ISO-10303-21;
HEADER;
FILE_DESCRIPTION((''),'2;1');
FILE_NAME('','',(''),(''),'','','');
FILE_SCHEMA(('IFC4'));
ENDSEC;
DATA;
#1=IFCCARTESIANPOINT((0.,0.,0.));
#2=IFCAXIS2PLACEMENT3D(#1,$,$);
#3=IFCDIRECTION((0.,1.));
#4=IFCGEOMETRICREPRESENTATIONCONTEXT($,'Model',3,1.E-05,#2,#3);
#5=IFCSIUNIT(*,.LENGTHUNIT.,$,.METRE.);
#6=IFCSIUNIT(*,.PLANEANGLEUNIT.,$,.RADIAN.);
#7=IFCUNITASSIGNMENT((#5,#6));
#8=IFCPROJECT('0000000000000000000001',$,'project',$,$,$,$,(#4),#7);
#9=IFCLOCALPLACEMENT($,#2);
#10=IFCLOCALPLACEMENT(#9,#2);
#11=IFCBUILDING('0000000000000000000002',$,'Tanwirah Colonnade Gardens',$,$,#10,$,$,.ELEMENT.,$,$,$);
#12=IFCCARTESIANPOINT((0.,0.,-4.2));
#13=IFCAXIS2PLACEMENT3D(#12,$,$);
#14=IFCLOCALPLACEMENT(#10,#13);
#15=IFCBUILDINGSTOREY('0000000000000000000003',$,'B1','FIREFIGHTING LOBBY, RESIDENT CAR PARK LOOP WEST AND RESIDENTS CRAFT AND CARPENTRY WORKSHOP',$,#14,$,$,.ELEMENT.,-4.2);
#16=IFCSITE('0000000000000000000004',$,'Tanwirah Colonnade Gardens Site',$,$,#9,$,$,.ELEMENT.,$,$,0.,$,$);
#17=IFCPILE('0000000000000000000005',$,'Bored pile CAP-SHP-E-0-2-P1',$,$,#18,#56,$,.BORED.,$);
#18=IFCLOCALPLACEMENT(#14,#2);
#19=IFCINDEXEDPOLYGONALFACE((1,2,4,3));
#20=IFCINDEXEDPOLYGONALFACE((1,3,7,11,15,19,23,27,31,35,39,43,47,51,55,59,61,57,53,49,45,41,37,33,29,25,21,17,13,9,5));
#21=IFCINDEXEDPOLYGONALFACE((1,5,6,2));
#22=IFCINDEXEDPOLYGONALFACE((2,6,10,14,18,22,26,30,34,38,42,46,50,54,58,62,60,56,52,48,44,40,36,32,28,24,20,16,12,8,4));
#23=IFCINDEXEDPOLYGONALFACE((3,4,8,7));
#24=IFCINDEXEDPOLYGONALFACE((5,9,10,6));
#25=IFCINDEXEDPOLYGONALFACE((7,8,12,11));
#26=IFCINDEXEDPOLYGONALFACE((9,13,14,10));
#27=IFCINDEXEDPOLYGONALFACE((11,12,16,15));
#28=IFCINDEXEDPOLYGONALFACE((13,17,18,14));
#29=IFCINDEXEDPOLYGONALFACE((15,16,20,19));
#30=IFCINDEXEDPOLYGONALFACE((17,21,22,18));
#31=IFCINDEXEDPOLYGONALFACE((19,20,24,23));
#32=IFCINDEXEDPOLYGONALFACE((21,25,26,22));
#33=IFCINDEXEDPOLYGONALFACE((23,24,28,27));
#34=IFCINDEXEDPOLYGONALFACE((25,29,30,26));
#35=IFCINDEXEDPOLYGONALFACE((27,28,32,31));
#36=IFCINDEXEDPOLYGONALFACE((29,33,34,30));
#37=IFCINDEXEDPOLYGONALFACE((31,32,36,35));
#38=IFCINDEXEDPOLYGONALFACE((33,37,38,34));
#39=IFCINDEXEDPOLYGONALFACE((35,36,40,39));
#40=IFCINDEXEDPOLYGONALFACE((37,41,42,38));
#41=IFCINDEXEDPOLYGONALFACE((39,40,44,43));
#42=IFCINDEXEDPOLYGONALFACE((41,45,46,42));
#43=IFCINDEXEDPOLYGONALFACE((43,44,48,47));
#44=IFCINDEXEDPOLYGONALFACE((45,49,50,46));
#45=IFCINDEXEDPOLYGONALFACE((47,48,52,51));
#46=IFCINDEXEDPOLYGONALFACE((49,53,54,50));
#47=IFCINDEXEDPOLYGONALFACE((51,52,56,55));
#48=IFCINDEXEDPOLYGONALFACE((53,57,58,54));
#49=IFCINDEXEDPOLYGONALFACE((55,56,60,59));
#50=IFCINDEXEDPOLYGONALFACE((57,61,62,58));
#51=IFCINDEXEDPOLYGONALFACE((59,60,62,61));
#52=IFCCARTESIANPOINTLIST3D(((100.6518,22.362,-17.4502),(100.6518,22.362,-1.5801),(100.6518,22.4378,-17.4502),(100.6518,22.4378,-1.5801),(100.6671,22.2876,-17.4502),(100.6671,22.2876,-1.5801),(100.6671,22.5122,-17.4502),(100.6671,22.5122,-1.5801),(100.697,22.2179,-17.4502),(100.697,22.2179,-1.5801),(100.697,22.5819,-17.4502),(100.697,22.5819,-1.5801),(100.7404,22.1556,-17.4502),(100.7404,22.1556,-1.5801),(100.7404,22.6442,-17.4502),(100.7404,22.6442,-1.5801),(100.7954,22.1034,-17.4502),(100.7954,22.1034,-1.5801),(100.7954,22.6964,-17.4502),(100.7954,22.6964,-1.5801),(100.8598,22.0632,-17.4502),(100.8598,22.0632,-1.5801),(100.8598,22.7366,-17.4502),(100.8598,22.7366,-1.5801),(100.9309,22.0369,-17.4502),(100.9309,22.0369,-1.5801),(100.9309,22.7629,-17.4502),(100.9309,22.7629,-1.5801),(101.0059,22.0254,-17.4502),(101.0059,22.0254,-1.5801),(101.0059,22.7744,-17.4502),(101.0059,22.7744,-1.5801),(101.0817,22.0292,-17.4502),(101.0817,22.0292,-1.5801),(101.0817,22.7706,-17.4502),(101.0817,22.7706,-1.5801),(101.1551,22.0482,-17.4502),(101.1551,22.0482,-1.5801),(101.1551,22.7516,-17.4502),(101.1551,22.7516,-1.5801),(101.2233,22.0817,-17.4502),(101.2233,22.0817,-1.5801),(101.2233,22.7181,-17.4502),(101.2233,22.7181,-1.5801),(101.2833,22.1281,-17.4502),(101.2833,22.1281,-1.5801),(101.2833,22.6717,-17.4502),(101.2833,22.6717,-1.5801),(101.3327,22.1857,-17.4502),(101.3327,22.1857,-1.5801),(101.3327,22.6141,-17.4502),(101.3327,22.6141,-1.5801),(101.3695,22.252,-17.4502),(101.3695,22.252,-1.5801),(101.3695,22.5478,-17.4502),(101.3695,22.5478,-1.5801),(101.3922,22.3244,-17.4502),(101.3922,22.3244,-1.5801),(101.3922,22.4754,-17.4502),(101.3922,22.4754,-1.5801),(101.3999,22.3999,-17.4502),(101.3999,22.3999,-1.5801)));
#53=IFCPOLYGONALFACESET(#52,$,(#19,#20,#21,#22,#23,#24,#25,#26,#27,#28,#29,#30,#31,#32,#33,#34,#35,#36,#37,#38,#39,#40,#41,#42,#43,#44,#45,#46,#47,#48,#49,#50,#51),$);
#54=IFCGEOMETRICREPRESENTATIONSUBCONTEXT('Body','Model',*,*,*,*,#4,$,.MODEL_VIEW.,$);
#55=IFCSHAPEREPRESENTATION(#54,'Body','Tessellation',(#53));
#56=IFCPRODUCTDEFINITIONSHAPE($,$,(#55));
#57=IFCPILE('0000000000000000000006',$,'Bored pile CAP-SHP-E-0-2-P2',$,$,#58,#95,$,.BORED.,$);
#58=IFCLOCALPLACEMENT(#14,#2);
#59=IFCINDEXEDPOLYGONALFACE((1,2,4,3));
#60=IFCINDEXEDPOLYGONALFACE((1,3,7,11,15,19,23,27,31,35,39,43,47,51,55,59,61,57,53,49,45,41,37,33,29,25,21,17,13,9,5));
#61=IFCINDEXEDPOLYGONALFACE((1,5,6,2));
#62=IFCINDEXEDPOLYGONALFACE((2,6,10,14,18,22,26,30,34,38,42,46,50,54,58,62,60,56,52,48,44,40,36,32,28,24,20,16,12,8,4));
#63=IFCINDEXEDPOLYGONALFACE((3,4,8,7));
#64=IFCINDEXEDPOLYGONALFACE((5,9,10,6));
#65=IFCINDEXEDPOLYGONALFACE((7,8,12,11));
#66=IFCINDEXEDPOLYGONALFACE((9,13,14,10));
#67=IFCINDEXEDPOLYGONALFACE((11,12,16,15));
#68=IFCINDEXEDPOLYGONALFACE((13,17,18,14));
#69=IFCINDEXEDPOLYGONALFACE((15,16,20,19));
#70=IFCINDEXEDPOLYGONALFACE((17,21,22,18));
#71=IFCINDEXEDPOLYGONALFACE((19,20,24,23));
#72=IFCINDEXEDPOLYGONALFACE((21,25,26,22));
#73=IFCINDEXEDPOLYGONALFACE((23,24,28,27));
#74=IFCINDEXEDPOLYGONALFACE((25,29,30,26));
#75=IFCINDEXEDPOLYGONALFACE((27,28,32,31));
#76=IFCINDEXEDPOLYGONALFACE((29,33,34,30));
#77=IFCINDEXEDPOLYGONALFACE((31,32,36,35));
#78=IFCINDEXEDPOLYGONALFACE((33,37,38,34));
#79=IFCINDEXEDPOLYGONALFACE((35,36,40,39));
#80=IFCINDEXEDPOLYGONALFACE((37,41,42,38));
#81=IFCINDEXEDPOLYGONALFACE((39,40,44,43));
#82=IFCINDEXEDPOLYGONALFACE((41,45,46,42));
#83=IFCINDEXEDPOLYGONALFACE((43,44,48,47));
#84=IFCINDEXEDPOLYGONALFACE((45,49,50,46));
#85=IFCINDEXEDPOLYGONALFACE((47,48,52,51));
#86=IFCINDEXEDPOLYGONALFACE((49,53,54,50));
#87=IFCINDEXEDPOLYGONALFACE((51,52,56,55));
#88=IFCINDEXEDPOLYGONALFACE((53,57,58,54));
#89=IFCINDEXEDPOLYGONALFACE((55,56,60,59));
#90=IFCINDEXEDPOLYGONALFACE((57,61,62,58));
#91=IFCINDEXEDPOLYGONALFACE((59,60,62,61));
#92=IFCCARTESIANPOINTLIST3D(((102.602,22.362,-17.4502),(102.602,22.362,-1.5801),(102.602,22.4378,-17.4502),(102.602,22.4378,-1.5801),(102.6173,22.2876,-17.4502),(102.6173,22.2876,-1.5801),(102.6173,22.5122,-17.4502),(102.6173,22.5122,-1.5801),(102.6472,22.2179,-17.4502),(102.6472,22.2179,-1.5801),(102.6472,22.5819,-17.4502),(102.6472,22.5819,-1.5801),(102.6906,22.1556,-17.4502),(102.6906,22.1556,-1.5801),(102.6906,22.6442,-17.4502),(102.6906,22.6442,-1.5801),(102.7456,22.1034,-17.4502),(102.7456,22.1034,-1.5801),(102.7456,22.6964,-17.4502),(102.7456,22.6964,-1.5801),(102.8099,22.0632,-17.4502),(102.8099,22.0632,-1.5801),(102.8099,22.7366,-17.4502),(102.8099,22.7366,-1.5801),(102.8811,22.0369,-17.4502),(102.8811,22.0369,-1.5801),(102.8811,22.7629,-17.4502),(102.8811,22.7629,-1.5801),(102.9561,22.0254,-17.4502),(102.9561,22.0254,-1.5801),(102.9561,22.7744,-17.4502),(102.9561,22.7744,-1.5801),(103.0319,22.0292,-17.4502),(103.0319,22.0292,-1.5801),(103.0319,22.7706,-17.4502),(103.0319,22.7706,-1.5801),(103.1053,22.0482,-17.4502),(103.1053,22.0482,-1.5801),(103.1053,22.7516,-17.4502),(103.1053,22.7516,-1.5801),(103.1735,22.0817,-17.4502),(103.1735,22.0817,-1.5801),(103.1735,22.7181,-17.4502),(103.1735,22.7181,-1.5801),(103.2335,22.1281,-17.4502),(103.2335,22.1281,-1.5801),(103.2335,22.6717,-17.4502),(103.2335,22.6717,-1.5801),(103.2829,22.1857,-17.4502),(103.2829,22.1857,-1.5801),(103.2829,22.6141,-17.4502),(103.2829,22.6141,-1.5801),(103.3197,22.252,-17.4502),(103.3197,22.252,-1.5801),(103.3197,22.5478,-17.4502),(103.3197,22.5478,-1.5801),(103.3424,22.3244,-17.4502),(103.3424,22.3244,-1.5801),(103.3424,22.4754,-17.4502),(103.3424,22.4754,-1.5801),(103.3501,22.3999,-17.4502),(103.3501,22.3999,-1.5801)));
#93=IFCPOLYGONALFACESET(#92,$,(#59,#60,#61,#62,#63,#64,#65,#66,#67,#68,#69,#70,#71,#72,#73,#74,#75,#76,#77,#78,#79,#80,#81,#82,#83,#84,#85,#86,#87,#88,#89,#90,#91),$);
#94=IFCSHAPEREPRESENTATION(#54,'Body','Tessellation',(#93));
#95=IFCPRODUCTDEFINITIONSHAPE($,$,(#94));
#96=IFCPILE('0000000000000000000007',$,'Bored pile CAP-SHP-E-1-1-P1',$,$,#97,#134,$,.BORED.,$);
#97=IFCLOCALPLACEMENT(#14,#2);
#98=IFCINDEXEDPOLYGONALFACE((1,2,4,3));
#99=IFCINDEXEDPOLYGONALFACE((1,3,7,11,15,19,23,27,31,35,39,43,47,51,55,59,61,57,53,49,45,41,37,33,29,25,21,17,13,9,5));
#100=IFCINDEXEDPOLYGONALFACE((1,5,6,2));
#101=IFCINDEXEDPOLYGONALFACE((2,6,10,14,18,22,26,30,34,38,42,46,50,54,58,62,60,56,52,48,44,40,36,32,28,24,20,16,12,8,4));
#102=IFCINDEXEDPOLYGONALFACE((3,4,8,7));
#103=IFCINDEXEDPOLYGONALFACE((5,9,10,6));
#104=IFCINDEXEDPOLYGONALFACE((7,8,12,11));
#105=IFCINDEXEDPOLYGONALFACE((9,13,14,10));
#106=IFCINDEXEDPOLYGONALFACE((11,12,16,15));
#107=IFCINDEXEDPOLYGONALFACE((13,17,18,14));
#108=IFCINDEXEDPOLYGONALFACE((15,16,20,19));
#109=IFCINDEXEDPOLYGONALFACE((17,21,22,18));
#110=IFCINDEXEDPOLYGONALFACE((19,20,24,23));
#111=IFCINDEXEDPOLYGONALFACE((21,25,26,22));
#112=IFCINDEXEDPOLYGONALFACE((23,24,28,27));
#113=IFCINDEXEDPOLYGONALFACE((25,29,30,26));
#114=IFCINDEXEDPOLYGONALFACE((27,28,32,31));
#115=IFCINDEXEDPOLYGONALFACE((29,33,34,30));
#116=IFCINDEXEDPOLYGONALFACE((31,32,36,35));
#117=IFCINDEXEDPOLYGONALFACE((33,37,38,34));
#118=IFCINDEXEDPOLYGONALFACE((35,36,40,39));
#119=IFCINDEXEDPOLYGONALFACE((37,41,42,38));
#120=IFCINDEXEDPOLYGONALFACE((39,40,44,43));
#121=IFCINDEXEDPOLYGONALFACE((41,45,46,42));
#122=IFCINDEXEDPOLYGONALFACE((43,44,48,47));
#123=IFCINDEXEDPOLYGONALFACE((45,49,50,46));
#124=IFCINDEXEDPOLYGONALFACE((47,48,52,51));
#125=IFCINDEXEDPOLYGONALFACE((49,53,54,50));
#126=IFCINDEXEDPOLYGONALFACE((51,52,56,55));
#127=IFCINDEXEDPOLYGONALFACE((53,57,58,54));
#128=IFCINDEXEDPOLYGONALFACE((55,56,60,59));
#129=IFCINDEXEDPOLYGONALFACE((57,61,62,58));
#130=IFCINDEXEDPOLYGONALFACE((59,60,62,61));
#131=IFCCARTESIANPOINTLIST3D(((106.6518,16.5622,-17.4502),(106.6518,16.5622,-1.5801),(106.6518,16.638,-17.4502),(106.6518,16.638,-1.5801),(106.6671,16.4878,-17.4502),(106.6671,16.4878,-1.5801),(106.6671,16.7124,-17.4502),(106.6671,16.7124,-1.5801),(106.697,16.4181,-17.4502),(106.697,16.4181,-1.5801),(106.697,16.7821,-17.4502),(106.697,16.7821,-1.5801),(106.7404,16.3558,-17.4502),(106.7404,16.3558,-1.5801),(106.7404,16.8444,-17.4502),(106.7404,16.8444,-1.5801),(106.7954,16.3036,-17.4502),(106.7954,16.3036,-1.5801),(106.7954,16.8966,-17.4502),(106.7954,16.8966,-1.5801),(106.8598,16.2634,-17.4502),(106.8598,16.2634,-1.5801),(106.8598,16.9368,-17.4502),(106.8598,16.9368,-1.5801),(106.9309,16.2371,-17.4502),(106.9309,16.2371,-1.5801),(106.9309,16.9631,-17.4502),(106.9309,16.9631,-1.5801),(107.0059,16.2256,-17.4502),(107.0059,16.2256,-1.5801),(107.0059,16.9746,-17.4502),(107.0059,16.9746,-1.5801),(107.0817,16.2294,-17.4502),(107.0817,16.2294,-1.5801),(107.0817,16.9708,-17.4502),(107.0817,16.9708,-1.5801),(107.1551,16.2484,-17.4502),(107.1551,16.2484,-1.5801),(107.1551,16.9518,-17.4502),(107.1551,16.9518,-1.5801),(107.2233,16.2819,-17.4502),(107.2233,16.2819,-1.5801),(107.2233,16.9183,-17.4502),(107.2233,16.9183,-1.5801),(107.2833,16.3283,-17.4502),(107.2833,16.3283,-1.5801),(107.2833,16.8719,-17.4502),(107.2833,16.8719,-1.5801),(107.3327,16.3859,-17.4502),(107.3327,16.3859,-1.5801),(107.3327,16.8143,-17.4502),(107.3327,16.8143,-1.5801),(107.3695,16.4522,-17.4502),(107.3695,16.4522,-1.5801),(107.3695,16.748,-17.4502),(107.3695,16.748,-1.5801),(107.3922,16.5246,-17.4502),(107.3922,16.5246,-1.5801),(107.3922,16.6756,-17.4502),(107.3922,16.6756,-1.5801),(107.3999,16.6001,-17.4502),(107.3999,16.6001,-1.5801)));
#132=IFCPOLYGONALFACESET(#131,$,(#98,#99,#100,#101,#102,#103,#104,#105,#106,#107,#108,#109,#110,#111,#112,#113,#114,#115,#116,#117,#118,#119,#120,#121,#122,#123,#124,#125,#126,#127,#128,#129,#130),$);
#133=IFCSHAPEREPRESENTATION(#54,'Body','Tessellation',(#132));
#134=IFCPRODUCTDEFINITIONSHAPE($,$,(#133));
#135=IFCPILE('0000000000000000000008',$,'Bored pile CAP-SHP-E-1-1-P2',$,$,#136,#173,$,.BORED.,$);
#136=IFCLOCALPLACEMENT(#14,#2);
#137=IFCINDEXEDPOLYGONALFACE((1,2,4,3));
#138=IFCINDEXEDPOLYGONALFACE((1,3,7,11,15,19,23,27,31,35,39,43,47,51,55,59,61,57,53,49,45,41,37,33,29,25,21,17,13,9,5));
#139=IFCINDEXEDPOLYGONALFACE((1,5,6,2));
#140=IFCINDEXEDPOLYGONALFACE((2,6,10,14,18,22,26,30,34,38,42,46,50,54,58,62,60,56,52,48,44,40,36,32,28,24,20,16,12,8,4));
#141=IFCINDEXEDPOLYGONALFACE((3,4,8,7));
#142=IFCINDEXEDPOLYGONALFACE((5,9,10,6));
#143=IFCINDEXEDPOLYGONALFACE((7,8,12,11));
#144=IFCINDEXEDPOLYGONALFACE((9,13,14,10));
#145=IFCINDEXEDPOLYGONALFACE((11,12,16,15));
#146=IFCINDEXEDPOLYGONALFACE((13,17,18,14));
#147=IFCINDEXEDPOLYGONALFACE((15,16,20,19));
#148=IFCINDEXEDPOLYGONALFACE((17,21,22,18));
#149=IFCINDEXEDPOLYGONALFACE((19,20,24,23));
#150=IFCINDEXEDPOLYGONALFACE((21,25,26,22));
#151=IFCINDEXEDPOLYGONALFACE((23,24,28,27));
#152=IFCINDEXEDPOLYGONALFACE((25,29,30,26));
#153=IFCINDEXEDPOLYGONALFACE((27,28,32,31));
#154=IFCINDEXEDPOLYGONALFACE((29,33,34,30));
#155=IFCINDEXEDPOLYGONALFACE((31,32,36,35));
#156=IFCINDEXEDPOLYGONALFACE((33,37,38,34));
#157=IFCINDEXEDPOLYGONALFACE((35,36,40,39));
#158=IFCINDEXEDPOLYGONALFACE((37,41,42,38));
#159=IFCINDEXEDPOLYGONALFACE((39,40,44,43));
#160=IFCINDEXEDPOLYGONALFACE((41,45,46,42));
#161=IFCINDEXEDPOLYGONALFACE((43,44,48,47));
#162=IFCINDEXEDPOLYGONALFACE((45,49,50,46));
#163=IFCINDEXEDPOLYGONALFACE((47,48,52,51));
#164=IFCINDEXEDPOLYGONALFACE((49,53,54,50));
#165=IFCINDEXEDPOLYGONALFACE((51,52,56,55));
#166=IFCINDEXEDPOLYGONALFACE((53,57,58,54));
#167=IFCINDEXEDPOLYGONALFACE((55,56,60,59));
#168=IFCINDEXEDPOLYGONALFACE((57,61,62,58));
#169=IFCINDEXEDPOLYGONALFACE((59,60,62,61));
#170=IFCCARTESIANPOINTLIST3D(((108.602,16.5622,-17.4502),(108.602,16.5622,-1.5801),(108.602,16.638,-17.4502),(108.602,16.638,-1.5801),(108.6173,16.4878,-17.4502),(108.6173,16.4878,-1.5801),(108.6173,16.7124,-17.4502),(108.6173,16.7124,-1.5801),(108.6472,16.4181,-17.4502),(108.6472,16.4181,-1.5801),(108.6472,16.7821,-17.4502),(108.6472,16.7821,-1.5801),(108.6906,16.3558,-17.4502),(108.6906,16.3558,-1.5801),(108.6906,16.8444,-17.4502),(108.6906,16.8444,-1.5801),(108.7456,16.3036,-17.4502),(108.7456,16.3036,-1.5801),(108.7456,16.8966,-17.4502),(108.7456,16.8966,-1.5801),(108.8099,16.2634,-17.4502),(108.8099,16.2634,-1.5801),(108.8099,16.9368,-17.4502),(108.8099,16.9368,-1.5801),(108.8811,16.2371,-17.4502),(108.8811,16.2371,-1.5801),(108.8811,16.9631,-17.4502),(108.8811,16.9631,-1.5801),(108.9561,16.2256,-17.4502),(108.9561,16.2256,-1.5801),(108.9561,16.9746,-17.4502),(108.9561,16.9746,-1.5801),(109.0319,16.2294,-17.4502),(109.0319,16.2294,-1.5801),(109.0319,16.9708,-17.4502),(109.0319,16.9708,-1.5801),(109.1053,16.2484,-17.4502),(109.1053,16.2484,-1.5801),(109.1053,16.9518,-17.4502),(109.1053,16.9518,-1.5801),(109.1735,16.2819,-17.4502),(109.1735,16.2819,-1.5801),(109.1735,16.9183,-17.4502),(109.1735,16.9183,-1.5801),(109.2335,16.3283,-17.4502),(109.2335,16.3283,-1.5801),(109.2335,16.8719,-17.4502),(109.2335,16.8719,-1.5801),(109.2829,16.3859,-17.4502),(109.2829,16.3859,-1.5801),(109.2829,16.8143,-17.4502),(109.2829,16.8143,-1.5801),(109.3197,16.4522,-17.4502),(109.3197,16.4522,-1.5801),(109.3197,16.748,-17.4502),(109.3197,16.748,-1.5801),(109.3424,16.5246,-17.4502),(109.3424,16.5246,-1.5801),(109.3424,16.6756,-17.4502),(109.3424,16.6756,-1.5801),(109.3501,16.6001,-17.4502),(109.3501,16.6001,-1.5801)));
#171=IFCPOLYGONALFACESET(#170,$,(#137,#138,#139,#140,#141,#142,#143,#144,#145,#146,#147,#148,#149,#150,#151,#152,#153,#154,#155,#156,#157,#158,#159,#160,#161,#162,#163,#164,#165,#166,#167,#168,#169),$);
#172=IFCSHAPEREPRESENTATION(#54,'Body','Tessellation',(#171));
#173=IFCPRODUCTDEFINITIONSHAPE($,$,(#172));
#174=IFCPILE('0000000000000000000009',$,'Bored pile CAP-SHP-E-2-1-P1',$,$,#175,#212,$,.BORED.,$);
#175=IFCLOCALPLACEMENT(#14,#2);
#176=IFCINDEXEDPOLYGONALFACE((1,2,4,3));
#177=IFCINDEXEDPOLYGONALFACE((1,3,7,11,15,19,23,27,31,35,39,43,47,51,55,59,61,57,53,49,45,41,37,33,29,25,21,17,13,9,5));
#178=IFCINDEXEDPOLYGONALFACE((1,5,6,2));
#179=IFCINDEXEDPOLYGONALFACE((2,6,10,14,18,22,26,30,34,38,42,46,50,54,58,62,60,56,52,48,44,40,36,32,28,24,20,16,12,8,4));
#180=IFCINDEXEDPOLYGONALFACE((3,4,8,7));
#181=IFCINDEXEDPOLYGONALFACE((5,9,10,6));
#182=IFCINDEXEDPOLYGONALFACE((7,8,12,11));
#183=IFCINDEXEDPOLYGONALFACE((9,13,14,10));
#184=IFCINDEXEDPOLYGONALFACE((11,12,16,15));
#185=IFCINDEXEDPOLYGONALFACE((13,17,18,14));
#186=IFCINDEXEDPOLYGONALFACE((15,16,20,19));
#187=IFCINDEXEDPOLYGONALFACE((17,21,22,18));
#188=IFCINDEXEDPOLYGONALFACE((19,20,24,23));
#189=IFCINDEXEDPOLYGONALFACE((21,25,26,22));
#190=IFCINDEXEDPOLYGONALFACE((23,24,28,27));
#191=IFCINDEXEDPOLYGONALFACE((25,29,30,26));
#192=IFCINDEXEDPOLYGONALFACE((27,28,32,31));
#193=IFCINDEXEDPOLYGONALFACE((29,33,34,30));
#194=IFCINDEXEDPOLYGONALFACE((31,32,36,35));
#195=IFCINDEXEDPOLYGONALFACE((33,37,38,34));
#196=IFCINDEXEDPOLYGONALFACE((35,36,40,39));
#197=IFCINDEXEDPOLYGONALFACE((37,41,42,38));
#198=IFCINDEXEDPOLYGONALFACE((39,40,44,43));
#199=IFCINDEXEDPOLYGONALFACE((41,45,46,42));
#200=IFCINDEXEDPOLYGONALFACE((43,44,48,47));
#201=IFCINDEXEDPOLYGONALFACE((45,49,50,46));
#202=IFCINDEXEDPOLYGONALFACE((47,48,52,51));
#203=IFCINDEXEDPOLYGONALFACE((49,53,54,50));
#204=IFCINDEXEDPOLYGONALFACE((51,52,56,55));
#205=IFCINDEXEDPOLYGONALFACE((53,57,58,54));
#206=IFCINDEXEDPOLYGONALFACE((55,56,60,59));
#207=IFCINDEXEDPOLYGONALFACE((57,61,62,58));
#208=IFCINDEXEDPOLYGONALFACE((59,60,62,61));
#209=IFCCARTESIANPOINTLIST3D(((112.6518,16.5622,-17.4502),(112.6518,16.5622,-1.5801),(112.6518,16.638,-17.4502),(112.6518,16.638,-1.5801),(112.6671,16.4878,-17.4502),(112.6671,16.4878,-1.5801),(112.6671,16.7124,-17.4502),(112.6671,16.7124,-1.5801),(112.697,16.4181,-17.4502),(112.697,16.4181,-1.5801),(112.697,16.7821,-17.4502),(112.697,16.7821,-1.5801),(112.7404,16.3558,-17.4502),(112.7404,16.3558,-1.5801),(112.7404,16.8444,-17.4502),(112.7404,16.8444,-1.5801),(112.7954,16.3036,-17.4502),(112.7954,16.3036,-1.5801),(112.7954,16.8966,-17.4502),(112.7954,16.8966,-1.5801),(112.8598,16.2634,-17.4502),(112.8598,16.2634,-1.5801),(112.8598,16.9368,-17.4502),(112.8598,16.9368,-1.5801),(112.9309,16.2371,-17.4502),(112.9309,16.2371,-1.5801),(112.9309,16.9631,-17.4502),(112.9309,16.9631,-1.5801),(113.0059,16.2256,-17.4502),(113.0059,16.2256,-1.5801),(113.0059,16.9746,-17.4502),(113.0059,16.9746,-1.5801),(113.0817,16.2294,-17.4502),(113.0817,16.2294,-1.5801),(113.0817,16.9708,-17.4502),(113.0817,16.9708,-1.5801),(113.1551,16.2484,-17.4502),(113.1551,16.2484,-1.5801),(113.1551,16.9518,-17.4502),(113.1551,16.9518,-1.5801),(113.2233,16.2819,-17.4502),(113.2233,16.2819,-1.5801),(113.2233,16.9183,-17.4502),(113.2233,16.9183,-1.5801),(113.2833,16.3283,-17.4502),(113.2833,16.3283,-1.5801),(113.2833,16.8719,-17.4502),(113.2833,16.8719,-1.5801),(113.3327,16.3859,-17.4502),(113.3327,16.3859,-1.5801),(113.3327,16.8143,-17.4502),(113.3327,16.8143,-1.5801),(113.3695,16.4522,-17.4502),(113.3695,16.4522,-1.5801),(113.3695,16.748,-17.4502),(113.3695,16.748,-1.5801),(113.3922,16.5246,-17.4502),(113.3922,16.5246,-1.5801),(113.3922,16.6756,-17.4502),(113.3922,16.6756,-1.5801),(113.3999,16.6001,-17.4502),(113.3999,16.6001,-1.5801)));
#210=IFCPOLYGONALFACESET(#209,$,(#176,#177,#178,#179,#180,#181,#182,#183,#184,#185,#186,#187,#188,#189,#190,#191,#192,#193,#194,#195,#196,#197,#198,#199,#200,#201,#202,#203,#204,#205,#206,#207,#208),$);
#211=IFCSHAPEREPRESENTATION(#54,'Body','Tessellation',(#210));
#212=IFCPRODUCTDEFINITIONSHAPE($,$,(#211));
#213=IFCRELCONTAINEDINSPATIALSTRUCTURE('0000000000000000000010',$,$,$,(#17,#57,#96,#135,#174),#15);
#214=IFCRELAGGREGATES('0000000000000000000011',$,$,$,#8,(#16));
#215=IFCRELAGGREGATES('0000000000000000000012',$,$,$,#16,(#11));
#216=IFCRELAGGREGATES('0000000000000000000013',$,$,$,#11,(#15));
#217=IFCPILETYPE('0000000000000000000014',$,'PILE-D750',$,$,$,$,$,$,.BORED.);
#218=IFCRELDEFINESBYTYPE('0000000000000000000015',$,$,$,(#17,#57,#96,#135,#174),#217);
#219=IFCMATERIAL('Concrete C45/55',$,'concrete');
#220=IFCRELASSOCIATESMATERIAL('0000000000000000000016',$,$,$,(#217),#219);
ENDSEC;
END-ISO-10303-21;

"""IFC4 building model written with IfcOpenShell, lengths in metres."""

from ifc_helpers import new_model, si_unit, direction, frame, origin, origin_2d, place, context, subcontext, project, spatial, circle, extrude, material, material_profile, profile_set, type_object, element, save


model = new_model("IFC4")

# Units and contexts
model_context = context("Model", 3, precision=1e-05, world=origin(), true_north=direction((0.0, 1.0)))
body_context = subcontext(model_context, "Body", "Model", "MODEL_VIEW")
ifc_project = project(units=[si_unit("LENGTHUNIT", "METRE"), si_unit("PLANEANGLEUNIT", "RADIAN")], contexts=[model_context])

# Site, building, storey
site_placement = place(None, origin())
site = spatial("IfcSite", under=ifc_project, at=site_placement, Name="Tanwirah Colonnade Gardens Site", CompositionType="ELEMENT", RefElevation=0.0)
building_placement = place(site_placement, origin())
building = spatial("IfcBuilding", under=site, at=building_placement, Name="Tanwirah Colonnade Gardens", CompositionType="ELEMENT")
storey_placement = place(building_placement, frame((0.0, 0.0, -4.2)))
storey = spatial("IfcBuildingStorey", under=building, at=storey_placement, Name="B1", Description="FIREFIGHTING LOBBY, RESIDENT CAR PARK LOOP WEST AND RESIDENTS CRAFT AND CARPENTRY WORKSHOP", CompositionType="ELEMENT", Elevation=-4.2)

# Shared definitions
ifc_material_1 = material(Name="Concrete C45/55", Category="concrete")

# Piles
ifc_material_profile_1 = material_profile(ifc_material_1, circle(Radius=0.375, at=origin_2d()), Name="PILE D750")
ifc_profile_set_1 = profile_set([ifc_material_profile_1], Name="Concrete C45/55")
pile_type = type_object("IfcPileType", Name="PILE-D750", PredefinedType="BORED", material=ifc_profile_set_1)
for number, where, z_axis, x_axis, name in (
    (1, (101.0249, 22.3999, -1.5801), (0.0, 0.0, -1.0), (1.0, 0.0, 0.0), "Bored pile CAP-SHP-E-0-2-P1"),
    (2, (102.9751, 22.3999, -1.5801), (0.0, 0.0, -1.0), (1.0, 0.0, 0.0), "Bored pile CAP-SHP-E-0-2-P2"),
    (3, (107.0249, 16.6001, -1.5801), (0.0, 0.0, -1.0), (1.0, 0.0, 0.0), "Bored pile CAP-SHP-E-1-1-P1"),
    (4, (108.9751, 16.6001, -1.5801), (0.0, 0.0, -1.0), (1.0, 0.0, 0.0), "Bored pile CAP-SHP-E-1-1-P2"),
    (5, (113.0249, 16.6001, -1.5801), (0.0, 0.0, -1.0), (1.0, 0.0, 0.0), "Bored pile CAP-SHP-E-2-1-P1"),
):
    element("IfcPile", number, at=place(storey_placement, frame(where, z_axis=z_axis, x_axis=x_axis)), inside=storey, type_object=pile_type, Name=name, PredefinedType="BORED", context=body_context, shape_type="SweptSolid", body=[
        extrude(circle(Radius=0.375, at=origin_2d()), origin(), (0.0, 0.0, 1.0), 15.8701),
    ])

save(model, "model.ifc")
